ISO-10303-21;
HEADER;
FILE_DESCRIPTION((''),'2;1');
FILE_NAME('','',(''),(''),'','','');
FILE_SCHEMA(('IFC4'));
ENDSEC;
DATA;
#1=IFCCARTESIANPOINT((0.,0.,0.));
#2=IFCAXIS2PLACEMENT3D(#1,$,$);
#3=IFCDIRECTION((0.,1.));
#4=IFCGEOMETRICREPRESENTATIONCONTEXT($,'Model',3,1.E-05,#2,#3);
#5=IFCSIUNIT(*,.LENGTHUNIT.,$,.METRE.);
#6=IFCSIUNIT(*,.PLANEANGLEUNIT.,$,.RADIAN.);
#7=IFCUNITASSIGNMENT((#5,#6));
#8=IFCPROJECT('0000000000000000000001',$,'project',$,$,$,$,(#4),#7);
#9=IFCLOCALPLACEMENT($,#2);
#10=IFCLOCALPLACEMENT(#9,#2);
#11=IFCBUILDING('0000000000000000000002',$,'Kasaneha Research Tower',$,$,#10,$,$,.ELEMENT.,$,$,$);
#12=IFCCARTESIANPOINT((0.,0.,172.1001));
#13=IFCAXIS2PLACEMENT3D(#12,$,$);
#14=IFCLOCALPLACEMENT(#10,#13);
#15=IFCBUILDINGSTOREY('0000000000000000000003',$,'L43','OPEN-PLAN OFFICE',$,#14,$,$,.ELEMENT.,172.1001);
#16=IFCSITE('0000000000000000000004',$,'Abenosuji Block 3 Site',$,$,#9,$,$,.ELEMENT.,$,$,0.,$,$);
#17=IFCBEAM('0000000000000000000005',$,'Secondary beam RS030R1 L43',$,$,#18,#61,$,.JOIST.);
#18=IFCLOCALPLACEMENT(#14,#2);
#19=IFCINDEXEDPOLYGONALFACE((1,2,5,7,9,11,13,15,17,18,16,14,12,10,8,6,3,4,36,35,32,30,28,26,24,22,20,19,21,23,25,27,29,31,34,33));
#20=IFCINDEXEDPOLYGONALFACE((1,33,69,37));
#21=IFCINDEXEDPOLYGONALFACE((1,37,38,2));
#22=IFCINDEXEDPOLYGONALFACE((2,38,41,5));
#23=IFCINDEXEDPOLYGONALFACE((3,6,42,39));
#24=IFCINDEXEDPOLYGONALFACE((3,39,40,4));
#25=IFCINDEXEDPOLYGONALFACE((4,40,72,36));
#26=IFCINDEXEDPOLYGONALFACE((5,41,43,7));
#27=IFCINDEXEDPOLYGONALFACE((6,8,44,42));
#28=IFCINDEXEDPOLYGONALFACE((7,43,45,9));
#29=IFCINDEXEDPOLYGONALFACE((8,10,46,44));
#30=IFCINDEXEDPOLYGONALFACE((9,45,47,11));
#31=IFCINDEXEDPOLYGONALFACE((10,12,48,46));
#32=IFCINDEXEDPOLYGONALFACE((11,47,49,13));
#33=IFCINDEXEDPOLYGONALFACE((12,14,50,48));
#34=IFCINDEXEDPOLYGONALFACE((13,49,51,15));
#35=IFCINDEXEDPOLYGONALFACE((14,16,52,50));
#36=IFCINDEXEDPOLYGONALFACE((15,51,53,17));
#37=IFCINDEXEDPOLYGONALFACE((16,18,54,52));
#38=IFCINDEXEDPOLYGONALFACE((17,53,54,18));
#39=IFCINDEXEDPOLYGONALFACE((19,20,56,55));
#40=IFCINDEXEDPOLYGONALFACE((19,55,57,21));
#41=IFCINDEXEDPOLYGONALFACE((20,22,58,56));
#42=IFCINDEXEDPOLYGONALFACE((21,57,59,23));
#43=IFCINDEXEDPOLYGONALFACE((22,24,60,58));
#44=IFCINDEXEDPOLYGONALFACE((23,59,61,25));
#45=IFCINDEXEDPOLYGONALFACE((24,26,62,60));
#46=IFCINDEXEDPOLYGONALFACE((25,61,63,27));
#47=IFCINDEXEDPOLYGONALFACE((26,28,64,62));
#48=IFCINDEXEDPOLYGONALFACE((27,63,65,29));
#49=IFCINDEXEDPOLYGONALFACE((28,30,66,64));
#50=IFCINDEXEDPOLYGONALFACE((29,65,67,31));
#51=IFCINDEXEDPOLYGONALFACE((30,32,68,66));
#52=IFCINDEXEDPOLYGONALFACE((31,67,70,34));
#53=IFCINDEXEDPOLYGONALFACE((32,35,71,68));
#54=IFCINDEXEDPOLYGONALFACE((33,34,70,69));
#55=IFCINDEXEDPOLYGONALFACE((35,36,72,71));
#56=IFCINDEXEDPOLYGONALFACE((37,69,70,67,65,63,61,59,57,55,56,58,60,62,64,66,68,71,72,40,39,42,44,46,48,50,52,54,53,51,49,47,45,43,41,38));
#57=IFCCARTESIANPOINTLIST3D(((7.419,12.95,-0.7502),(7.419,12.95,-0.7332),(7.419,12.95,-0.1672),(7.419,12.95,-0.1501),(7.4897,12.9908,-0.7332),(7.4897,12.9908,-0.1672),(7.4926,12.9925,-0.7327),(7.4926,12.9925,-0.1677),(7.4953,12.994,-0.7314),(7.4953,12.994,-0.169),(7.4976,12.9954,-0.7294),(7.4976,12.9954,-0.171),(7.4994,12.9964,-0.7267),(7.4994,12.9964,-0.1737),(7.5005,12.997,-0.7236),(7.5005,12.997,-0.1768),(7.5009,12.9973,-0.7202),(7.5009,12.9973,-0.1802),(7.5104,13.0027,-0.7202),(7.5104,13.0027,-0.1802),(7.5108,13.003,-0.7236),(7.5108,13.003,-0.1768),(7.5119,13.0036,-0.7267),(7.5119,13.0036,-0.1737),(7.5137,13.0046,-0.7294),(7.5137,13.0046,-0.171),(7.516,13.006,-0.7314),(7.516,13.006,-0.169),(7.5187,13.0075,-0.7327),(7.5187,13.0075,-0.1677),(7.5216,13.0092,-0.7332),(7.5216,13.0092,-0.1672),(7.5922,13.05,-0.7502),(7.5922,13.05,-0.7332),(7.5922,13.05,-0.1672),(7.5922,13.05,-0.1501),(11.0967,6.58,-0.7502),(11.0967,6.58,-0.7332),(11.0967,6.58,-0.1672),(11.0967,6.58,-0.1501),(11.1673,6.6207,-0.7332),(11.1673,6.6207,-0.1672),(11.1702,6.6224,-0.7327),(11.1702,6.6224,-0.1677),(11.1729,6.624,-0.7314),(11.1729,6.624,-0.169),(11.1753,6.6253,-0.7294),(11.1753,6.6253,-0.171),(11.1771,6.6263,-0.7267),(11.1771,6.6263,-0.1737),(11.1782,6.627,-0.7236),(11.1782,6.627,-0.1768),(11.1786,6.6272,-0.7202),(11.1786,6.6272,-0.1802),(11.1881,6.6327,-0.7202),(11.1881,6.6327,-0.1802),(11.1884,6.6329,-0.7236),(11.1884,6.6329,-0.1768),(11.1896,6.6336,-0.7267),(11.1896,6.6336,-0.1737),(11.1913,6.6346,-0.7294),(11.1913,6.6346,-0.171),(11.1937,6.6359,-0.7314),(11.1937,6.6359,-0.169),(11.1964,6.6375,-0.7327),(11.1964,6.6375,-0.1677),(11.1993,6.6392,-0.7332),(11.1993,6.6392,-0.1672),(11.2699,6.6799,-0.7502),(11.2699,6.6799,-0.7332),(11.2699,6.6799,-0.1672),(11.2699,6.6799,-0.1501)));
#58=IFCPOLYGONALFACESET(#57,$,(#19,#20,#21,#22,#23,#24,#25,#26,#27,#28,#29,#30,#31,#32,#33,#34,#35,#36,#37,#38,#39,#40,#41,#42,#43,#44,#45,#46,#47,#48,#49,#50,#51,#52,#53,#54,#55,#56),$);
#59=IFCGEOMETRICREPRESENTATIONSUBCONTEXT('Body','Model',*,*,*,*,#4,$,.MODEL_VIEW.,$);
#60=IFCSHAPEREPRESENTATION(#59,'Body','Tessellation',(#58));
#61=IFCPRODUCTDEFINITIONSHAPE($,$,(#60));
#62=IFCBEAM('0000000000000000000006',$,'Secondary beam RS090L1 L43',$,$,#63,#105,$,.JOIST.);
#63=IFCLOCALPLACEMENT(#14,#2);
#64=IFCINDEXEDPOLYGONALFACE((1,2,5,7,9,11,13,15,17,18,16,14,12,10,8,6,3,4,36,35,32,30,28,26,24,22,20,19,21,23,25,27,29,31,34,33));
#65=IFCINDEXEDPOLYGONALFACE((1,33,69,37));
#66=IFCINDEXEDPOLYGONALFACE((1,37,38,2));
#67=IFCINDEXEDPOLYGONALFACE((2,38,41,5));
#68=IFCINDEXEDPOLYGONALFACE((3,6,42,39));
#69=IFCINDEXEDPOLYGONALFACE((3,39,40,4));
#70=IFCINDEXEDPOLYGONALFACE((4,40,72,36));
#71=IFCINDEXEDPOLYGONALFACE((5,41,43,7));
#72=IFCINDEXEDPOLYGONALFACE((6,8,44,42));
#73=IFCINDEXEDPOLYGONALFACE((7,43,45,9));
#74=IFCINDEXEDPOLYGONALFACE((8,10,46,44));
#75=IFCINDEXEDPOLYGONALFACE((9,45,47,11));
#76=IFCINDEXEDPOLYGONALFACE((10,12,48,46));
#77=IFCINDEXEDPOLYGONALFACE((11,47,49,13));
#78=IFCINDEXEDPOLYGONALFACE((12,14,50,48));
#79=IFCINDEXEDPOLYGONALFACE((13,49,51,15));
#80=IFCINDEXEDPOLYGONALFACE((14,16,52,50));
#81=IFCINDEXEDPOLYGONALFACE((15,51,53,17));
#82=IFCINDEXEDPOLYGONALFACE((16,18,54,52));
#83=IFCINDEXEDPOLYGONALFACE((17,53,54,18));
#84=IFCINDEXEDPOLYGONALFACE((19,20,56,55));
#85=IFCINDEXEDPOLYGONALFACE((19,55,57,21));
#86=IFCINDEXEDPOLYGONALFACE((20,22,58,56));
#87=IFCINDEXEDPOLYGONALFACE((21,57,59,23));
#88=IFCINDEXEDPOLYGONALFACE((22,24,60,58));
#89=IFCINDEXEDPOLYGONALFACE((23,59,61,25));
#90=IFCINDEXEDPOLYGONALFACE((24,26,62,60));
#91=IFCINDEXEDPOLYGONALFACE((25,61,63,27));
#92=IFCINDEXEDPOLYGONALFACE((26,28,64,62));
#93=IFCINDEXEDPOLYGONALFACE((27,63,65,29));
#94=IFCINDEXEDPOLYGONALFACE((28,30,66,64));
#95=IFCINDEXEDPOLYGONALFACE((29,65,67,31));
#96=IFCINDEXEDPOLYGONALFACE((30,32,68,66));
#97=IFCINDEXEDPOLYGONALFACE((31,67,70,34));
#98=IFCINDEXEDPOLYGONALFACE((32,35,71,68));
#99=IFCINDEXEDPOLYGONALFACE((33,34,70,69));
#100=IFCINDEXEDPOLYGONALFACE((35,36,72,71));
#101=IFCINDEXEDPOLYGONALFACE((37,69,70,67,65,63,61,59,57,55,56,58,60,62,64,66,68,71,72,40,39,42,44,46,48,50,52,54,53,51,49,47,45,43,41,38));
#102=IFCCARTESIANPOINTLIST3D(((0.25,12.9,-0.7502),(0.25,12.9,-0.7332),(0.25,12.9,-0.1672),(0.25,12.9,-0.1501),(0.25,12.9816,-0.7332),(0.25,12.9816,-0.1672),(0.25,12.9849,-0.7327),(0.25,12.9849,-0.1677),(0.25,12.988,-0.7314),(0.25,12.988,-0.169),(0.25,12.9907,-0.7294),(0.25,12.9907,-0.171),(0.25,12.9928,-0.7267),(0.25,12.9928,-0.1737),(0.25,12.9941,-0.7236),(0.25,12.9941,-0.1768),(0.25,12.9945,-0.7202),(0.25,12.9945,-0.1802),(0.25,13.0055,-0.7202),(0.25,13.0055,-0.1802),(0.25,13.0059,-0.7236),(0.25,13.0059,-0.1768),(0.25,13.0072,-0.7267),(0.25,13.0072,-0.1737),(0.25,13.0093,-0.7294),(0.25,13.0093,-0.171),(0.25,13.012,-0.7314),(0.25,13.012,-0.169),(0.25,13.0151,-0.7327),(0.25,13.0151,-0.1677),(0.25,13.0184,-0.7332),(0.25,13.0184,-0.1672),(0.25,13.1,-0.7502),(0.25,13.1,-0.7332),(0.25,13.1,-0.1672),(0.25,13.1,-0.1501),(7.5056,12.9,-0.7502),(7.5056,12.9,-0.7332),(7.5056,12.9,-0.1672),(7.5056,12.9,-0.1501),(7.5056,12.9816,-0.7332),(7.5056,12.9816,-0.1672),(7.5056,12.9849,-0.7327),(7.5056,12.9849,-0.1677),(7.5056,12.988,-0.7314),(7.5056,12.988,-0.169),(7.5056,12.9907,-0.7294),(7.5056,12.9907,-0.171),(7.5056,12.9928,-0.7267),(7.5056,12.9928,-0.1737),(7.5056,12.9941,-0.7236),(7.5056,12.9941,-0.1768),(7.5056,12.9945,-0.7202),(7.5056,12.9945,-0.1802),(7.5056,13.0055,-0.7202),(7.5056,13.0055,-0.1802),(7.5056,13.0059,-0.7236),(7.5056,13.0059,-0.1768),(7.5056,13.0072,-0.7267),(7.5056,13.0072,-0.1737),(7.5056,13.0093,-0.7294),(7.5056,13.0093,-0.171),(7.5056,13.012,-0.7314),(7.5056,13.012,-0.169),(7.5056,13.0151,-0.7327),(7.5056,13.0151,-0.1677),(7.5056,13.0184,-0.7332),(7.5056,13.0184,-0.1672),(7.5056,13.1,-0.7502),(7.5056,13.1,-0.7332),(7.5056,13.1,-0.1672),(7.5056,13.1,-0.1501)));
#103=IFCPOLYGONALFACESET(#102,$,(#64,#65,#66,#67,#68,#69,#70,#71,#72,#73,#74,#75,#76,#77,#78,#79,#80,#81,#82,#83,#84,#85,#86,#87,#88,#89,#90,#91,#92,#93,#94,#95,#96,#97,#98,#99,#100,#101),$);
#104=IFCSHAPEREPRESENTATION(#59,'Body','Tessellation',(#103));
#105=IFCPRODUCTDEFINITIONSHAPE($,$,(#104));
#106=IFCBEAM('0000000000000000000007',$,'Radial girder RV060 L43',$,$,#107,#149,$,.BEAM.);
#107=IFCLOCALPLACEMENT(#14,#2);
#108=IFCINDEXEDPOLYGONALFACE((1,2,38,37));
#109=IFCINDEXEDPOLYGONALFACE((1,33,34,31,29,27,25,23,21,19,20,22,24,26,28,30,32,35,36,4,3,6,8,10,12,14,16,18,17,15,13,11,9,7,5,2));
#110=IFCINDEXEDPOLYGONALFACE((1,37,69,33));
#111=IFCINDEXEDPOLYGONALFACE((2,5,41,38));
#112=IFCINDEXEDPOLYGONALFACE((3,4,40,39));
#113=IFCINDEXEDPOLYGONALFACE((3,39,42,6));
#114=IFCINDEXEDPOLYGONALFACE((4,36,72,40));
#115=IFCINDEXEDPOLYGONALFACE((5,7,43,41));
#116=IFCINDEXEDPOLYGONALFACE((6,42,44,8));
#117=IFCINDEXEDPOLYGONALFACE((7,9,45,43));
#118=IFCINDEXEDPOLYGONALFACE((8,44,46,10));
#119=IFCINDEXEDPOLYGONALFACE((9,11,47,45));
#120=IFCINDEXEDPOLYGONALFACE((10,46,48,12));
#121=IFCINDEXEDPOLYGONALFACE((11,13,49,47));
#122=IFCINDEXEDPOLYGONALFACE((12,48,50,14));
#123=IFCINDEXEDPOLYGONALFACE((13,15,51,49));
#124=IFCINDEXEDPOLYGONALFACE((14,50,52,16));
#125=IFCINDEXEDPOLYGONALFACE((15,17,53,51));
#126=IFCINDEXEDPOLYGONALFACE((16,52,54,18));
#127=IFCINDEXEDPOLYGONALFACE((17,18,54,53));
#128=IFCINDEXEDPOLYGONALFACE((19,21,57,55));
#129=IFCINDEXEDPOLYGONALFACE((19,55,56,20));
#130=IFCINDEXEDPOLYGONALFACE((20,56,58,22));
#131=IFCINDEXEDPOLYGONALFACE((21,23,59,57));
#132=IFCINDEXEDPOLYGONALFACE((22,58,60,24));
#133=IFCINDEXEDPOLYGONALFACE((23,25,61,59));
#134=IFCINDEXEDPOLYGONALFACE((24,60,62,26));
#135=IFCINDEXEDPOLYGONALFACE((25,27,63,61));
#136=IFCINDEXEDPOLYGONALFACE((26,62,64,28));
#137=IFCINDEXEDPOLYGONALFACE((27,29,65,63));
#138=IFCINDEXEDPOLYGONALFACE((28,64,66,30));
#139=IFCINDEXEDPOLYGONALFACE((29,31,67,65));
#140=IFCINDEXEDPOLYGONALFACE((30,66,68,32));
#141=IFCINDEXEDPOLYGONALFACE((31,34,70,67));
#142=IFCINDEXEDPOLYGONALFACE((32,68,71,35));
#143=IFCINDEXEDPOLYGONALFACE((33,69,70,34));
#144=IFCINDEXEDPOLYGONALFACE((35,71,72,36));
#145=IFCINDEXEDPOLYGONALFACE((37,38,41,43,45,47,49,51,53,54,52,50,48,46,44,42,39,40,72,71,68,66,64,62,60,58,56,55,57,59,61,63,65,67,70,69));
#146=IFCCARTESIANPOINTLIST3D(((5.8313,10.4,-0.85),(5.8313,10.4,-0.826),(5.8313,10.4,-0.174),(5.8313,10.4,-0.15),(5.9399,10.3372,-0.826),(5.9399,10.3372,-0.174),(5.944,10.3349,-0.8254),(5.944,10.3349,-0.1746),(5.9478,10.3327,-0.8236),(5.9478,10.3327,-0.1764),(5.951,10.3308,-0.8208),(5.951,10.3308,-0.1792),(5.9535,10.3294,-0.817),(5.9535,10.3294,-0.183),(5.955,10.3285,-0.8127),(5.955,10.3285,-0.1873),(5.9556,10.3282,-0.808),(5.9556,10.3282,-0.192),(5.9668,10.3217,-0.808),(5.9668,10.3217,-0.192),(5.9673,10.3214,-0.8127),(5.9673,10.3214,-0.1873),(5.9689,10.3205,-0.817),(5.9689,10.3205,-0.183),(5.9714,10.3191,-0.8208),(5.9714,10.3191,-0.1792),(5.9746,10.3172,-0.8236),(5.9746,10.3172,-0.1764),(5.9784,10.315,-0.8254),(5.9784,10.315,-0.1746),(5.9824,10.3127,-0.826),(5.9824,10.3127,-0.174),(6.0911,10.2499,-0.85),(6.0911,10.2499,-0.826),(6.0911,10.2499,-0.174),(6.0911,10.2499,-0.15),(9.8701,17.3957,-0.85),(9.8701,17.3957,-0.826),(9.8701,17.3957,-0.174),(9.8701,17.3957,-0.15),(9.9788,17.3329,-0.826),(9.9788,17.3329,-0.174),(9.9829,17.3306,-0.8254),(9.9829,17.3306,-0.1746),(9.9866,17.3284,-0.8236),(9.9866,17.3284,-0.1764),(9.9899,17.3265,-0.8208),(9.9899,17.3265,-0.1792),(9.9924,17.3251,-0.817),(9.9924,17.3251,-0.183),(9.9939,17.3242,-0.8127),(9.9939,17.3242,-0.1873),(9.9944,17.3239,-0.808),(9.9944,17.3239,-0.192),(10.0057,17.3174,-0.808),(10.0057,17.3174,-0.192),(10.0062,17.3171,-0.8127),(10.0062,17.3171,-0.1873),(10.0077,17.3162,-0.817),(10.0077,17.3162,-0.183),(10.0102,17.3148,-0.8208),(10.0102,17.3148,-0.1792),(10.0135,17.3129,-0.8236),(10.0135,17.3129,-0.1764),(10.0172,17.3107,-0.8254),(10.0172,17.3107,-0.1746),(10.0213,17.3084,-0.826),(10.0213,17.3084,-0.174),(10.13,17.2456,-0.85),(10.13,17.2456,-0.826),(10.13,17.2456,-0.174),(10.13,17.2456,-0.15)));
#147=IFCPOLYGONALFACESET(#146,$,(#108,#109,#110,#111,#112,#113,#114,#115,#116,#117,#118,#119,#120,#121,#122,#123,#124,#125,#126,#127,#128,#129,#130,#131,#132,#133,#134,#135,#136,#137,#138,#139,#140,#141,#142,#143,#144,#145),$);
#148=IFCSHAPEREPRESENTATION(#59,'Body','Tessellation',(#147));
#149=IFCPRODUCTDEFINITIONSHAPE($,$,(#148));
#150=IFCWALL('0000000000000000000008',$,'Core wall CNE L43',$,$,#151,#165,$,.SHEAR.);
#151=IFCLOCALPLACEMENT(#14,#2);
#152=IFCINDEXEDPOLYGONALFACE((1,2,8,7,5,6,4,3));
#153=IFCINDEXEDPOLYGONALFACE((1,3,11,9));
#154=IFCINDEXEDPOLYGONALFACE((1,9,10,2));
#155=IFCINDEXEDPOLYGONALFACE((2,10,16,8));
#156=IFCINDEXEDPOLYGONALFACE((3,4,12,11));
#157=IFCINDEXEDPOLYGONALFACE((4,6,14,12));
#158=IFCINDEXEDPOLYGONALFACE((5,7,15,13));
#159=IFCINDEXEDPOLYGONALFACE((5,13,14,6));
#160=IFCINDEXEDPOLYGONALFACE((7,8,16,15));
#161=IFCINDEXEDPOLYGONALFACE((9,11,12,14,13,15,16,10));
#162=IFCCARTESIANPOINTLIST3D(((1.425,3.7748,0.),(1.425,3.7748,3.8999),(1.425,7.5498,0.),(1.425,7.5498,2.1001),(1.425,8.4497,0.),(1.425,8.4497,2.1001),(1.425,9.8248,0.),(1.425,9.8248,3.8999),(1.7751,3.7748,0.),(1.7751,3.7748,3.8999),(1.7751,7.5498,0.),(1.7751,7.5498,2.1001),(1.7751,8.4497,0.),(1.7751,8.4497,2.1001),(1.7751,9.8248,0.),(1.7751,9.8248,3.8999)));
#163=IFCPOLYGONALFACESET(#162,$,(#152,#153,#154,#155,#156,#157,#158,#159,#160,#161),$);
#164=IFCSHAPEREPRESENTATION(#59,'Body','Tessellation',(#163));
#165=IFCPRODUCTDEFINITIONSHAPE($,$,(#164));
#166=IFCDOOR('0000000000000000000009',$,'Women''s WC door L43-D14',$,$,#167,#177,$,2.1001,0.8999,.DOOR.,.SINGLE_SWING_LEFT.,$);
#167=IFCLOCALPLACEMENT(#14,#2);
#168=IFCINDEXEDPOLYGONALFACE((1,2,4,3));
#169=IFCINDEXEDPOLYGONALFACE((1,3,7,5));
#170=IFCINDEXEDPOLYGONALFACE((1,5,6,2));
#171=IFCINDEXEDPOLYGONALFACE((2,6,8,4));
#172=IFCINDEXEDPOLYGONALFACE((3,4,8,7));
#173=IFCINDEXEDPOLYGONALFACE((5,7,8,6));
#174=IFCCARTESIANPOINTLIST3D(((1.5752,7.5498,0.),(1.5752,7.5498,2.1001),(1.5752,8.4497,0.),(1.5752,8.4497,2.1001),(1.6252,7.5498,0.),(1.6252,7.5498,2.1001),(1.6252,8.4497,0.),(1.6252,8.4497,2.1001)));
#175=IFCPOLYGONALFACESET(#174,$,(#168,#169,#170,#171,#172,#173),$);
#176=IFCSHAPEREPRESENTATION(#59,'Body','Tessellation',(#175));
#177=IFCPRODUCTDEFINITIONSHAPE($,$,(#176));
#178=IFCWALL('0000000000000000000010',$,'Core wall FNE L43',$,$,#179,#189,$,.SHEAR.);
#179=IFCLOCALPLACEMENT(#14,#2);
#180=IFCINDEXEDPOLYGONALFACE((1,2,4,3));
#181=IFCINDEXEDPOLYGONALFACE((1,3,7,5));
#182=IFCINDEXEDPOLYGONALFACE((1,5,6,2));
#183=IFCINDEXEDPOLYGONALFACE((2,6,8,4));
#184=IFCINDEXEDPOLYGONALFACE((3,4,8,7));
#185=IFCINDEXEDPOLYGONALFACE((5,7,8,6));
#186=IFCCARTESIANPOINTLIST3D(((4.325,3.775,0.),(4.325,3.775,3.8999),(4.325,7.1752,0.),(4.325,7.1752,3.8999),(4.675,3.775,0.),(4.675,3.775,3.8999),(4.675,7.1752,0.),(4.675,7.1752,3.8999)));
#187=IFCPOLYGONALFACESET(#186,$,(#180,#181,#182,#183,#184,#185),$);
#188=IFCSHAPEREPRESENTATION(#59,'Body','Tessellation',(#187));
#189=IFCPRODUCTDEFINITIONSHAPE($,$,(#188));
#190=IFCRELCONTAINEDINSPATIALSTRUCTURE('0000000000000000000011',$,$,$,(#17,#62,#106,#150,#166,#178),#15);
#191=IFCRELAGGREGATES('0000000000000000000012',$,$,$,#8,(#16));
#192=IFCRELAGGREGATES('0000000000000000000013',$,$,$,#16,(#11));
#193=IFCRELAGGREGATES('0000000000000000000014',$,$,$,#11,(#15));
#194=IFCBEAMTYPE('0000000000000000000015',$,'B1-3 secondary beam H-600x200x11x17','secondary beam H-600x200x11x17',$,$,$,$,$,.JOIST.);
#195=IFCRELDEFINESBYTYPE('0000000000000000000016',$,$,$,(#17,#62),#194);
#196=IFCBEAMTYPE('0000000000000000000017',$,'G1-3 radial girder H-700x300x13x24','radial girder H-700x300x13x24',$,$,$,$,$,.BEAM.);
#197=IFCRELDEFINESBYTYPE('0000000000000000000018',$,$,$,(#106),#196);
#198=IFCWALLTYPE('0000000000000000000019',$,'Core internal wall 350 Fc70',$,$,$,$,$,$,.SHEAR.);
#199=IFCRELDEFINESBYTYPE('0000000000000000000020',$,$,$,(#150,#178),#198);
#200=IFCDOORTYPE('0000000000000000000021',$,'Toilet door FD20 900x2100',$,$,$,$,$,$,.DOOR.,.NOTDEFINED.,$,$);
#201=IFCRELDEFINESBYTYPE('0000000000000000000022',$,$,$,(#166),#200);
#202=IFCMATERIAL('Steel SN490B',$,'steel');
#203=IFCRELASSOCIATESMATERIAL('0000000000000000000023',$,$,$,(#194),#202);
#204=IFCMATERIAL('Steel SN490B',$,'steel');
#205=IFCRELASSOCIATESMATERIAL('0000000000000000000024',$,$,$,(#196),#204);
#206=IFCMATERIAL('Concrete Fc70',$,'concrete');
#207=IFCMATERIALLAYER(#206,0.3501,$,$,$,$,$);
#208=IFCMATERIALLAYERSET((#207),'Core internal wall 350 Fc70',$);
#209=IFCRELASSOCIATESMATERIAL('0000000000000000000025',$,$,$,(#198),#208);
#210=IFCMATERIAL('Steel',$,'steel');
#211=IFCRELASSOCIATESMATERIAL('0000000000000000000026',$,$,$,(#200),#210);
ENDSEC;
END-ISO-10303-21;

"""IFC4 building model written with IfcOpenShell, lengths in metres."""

from ifc_helpers import new_model, si_unit, direction, frame, frame_2d, origin, origin_2d, place, context, subcontext, project, spatial, rectangle, i_section, extrude, material, layer, layer_set, material_profile, profile_set, type_object, element, fill, save


model = new_model("IFC4")

# Units and contexts
model_context = context("Model", 3, precision=1e-05, world=origin(), true_north=direction((0.0, 1.0)))
body_context = subcontext(model_context, "Body", "Model", "MODEL_VIEW")
ifc_project = project(units=[si_unit("LENGTHUNIT", "METRE"), si_unit("PLANEANGLEUNIT", "RADIAN")], contexts=[model_context])

# Site, building, storey
site_placement = place(None, origin())
site = spatial("IfcSite", under=ifc_project, at=site_placement, Name="Abenosuji Block 3 Site", CompositionType="ELEMENT", RefElevation=0.0)
building_placement = place(site_placement, origin())
building = spatial("IfcBuilding", under=site, at=building_placement, Name="Kasaneha Research Tower", CompositionType="ELEMENT")
storey_placement = place(building_placement, frame((0.0, 0.0, 172.1001)))
storey = spatial("IfcBuildingStorey", under=building, at=storey_placement, Name="L43", Description="OPEN-PLAN OFFICE", CompositionType="ELEMENT", Elevation=172.1001)

# Beams
ifc_material_1 = material(Name="Steel SN490B", Category="steel")
ifc_material_profile_1 = material_profile(ifc_material_1, i_section(OverallWidth=0.2, OverallDepth=0.6001, WebThickness=0.011, FlangeThickness=0.0171, FilletRadius=0.0129, at=origin_2d()), Name="H-600x200x11x17")
ifc_profile_set_1 = profile_set([ifc_material_profile_1], Name="Steel SN490B")
beam_type_1 = type_object("IfcBeamType", Name="B1-3 secondary beam H-600x200x11x17", Description="secondary beam H-600x200x11x17", PredefinedType="JOIST", material=ifc_profile_set_1)
beam_1_placement = place(storey_placement, frame((7.5056, 13.0, -0.4502), z_axis=(0.499994, -0.866029, 0.0), x_axis=(0.866029, 0.499994, 0.0)))
element("IfcBeam", 1, at=beam_1_placement, inside=storey, type_object=beam_type_1, Name="Secondary beam RS030R1 L43", PredefinedType="JOIST", context=body_context, shape_type="SweptSolid", body=[
    extrude(i_section(OverallWidth=0.2, OverallDepth=0.6001, WebThickness=0.011, FlangeThickness=0.0171, FilletRadius=0.0129, at=origin_2d()), origin(), (0.0, 0.0, 1.0), 7.3555),
])
beam_2_placement = place(storey_placement, frame((7.5056, 13.0, -0.4502), z_axis=(-1.0, 0.0, 0.0), x_axis=(0.0, -1.0, 0.0)))
element("IfcBeam", 2, at=beam_2_placement, inside=storey, type_object=beam_type_1, Name="Secondary beam RS090L1 L43", PredefinedType="JOIST", context=body_context, shape_type="SweptSolid", body=[
    extrude(i_section(OverallWidth=0.2, OverallDepth=0.6001, WebThickness=0.011, FlangeThickness=0.0171, FilletRadius=0.0129, at=origin_2d()), origin(), (0.0, 0.0, 1.0), 7.2556),
])
ifc_material_2 = material(Name="Steel SN490B", Category="steel")
ifc_material_profile_2 = material_profile(ifc_material_2, i_section(OverallWidth=0.3, OverallDepth=0.7, WebThickness=0.0129, FlangeThickness=0.0239, FilletRadius=0.0181, at=origin_2d()), Name="H-700x300x13x24")
ifc_profile_set_2 = profile_set([ifc_material_profile_2], Name="Steel SN490B")
beam_type_2 = type_object("IfcBeamType", Name="G1-3 radial girder H-700x300x13x24", Description="radial girder H-700x300x13x24", PredefinedType="BEAM", material=ifc_profile_set_2)
beam_3_placement = place(storey_placement, frame((5.9612, 10.325, -0.5), z_axis=(0.499991, 0.866031, 0.0), x_axis=(-0.866031, 0.499991, 0.0)))
element("IfcBeam", 3, at=beam_3_placement, inside=storey, type_object=beam_type_2, Name="Radial girder RV060 L43", PredefinedType="BEAM", context=body_context, shape_type="SweptSolid", body=[
    extrude(i_section(OverallWidth=0.3, OverallDepth=0.7, WebThickness=0.0129, FlangeThickness=0.0239, FilletRadius=0.0181, at=origin_2d()), origin(), (0.0, 0.0, 1.0), 8.0779),
])

# Wall, opening, door
ifc_material_3 = material(Name="Concrete Fc70", Category="concrete")
ifc_layer_1 = layer(ifc_material_3, 0.3501)
ifc_layer_set_1 = layer_set([ifc_layer_1], Name="Core internal wall 350 Fc70")
wall_type_1 = type_object("IfcWallType", Name="Core internal wall 350 Fc70", PredefinedType="SHEAR", material=ifc_layer_set_1)
wall_1_placement = place(storey_placement, frame((1.6001, 3.7749, 0.0), z_axis=(0.0, 0.0, 1.0), x_axis=(0.0, 1.0, 0.0)))
wall_1 = element("IfcWall", 4, at=wall_1_placement, inside=storey, type_object=wall_type_1, Name="Core wall CNE L43", PredefinedType="SHEAR", context=body_context, shape_type="SweptSolid", body=[
    extrude(rectangle(XDim=6.05, YDim=0.3501, at=frame_2d((3.0249, 0.0))), origin(), (0.0, 0.0, 1.0), 3.8999),
])
opening_1_placement = place(wall_1_placement, frame((3.7749, 0.0, 0.0)))
opening_1 = element("IfcOpeningElement", 5, at=opening_1_placement, cuts=wall_1, PredefinedType="OPENING", context=body_context, shape_type="SweptSolid", body=[
    extrude(rectangle(XDim=0.8999, YDim=2.1001, at=frame_2d((0.45, 1.05))), frame((0.0, 0.1851, 0.0), z_axis=(0.0, -1.0, 0.0), x_axis=(1.0, 0.0, 0.0)), (0.0, 0.0, 1.0), 0.3701),
])
ifc_material_4 = material(Name="Steel", Category="steel")
door_type_1 = type_object("IfcDoorType", Name="Toilet door FD20 900x2100", OperationType="NOTDEFINED", PredefinedType="DOOR", material=ifc_material_4)
door_1_placement = place(opening_1_placement, origin())
door_1 = element("IfcDoor", 6, at=door_1_placement, inside=storey, type_object=door_type_1, Name="Women's WC door L43-D14", OperationType="SINGLE_SWING_LEFT", OverallHeight=2.1001, OverallWidth=0.8999, PredefinedType="DOOR", context=body_context, shape_type="SweptSolid", body=[
    extrude(rectangle(XDim=0.8999, YDim=2.1001, at=frame_2d((0.45, 1.05))), frame((0.0, 0.0249, 0.0), z_axis=(0.0, -1.0, 0.0), x_axis=(1.0, 0.0, 0.0)), (0.0, 0.0, 1.0), 0.05),
])
fill(opening_1, door_1)

# Wall
wall_2_placement = place(storey_placement, frame((4.5, 3.7749, 0.0), z_axis=(0.0, 0.0, 1.0), x_axis=(0.0, 1.0, 0.0)))
element("IfcWall", 7, at=wall_2_placement, inside=storey, type_object=wall_type_1, Name="Core wall FNE L43", PredefinedType="SHEAR", context=body_context, shape_type="SweptSolid", body=[
    extrude(rectangle(XDim=3.4001, YDim=0.3501, at=frame_2d((1.7002, 0.0))), origin(), (0.0, 0.0, 1.0), 3.8999),
])

save(model, "model.ifc")
